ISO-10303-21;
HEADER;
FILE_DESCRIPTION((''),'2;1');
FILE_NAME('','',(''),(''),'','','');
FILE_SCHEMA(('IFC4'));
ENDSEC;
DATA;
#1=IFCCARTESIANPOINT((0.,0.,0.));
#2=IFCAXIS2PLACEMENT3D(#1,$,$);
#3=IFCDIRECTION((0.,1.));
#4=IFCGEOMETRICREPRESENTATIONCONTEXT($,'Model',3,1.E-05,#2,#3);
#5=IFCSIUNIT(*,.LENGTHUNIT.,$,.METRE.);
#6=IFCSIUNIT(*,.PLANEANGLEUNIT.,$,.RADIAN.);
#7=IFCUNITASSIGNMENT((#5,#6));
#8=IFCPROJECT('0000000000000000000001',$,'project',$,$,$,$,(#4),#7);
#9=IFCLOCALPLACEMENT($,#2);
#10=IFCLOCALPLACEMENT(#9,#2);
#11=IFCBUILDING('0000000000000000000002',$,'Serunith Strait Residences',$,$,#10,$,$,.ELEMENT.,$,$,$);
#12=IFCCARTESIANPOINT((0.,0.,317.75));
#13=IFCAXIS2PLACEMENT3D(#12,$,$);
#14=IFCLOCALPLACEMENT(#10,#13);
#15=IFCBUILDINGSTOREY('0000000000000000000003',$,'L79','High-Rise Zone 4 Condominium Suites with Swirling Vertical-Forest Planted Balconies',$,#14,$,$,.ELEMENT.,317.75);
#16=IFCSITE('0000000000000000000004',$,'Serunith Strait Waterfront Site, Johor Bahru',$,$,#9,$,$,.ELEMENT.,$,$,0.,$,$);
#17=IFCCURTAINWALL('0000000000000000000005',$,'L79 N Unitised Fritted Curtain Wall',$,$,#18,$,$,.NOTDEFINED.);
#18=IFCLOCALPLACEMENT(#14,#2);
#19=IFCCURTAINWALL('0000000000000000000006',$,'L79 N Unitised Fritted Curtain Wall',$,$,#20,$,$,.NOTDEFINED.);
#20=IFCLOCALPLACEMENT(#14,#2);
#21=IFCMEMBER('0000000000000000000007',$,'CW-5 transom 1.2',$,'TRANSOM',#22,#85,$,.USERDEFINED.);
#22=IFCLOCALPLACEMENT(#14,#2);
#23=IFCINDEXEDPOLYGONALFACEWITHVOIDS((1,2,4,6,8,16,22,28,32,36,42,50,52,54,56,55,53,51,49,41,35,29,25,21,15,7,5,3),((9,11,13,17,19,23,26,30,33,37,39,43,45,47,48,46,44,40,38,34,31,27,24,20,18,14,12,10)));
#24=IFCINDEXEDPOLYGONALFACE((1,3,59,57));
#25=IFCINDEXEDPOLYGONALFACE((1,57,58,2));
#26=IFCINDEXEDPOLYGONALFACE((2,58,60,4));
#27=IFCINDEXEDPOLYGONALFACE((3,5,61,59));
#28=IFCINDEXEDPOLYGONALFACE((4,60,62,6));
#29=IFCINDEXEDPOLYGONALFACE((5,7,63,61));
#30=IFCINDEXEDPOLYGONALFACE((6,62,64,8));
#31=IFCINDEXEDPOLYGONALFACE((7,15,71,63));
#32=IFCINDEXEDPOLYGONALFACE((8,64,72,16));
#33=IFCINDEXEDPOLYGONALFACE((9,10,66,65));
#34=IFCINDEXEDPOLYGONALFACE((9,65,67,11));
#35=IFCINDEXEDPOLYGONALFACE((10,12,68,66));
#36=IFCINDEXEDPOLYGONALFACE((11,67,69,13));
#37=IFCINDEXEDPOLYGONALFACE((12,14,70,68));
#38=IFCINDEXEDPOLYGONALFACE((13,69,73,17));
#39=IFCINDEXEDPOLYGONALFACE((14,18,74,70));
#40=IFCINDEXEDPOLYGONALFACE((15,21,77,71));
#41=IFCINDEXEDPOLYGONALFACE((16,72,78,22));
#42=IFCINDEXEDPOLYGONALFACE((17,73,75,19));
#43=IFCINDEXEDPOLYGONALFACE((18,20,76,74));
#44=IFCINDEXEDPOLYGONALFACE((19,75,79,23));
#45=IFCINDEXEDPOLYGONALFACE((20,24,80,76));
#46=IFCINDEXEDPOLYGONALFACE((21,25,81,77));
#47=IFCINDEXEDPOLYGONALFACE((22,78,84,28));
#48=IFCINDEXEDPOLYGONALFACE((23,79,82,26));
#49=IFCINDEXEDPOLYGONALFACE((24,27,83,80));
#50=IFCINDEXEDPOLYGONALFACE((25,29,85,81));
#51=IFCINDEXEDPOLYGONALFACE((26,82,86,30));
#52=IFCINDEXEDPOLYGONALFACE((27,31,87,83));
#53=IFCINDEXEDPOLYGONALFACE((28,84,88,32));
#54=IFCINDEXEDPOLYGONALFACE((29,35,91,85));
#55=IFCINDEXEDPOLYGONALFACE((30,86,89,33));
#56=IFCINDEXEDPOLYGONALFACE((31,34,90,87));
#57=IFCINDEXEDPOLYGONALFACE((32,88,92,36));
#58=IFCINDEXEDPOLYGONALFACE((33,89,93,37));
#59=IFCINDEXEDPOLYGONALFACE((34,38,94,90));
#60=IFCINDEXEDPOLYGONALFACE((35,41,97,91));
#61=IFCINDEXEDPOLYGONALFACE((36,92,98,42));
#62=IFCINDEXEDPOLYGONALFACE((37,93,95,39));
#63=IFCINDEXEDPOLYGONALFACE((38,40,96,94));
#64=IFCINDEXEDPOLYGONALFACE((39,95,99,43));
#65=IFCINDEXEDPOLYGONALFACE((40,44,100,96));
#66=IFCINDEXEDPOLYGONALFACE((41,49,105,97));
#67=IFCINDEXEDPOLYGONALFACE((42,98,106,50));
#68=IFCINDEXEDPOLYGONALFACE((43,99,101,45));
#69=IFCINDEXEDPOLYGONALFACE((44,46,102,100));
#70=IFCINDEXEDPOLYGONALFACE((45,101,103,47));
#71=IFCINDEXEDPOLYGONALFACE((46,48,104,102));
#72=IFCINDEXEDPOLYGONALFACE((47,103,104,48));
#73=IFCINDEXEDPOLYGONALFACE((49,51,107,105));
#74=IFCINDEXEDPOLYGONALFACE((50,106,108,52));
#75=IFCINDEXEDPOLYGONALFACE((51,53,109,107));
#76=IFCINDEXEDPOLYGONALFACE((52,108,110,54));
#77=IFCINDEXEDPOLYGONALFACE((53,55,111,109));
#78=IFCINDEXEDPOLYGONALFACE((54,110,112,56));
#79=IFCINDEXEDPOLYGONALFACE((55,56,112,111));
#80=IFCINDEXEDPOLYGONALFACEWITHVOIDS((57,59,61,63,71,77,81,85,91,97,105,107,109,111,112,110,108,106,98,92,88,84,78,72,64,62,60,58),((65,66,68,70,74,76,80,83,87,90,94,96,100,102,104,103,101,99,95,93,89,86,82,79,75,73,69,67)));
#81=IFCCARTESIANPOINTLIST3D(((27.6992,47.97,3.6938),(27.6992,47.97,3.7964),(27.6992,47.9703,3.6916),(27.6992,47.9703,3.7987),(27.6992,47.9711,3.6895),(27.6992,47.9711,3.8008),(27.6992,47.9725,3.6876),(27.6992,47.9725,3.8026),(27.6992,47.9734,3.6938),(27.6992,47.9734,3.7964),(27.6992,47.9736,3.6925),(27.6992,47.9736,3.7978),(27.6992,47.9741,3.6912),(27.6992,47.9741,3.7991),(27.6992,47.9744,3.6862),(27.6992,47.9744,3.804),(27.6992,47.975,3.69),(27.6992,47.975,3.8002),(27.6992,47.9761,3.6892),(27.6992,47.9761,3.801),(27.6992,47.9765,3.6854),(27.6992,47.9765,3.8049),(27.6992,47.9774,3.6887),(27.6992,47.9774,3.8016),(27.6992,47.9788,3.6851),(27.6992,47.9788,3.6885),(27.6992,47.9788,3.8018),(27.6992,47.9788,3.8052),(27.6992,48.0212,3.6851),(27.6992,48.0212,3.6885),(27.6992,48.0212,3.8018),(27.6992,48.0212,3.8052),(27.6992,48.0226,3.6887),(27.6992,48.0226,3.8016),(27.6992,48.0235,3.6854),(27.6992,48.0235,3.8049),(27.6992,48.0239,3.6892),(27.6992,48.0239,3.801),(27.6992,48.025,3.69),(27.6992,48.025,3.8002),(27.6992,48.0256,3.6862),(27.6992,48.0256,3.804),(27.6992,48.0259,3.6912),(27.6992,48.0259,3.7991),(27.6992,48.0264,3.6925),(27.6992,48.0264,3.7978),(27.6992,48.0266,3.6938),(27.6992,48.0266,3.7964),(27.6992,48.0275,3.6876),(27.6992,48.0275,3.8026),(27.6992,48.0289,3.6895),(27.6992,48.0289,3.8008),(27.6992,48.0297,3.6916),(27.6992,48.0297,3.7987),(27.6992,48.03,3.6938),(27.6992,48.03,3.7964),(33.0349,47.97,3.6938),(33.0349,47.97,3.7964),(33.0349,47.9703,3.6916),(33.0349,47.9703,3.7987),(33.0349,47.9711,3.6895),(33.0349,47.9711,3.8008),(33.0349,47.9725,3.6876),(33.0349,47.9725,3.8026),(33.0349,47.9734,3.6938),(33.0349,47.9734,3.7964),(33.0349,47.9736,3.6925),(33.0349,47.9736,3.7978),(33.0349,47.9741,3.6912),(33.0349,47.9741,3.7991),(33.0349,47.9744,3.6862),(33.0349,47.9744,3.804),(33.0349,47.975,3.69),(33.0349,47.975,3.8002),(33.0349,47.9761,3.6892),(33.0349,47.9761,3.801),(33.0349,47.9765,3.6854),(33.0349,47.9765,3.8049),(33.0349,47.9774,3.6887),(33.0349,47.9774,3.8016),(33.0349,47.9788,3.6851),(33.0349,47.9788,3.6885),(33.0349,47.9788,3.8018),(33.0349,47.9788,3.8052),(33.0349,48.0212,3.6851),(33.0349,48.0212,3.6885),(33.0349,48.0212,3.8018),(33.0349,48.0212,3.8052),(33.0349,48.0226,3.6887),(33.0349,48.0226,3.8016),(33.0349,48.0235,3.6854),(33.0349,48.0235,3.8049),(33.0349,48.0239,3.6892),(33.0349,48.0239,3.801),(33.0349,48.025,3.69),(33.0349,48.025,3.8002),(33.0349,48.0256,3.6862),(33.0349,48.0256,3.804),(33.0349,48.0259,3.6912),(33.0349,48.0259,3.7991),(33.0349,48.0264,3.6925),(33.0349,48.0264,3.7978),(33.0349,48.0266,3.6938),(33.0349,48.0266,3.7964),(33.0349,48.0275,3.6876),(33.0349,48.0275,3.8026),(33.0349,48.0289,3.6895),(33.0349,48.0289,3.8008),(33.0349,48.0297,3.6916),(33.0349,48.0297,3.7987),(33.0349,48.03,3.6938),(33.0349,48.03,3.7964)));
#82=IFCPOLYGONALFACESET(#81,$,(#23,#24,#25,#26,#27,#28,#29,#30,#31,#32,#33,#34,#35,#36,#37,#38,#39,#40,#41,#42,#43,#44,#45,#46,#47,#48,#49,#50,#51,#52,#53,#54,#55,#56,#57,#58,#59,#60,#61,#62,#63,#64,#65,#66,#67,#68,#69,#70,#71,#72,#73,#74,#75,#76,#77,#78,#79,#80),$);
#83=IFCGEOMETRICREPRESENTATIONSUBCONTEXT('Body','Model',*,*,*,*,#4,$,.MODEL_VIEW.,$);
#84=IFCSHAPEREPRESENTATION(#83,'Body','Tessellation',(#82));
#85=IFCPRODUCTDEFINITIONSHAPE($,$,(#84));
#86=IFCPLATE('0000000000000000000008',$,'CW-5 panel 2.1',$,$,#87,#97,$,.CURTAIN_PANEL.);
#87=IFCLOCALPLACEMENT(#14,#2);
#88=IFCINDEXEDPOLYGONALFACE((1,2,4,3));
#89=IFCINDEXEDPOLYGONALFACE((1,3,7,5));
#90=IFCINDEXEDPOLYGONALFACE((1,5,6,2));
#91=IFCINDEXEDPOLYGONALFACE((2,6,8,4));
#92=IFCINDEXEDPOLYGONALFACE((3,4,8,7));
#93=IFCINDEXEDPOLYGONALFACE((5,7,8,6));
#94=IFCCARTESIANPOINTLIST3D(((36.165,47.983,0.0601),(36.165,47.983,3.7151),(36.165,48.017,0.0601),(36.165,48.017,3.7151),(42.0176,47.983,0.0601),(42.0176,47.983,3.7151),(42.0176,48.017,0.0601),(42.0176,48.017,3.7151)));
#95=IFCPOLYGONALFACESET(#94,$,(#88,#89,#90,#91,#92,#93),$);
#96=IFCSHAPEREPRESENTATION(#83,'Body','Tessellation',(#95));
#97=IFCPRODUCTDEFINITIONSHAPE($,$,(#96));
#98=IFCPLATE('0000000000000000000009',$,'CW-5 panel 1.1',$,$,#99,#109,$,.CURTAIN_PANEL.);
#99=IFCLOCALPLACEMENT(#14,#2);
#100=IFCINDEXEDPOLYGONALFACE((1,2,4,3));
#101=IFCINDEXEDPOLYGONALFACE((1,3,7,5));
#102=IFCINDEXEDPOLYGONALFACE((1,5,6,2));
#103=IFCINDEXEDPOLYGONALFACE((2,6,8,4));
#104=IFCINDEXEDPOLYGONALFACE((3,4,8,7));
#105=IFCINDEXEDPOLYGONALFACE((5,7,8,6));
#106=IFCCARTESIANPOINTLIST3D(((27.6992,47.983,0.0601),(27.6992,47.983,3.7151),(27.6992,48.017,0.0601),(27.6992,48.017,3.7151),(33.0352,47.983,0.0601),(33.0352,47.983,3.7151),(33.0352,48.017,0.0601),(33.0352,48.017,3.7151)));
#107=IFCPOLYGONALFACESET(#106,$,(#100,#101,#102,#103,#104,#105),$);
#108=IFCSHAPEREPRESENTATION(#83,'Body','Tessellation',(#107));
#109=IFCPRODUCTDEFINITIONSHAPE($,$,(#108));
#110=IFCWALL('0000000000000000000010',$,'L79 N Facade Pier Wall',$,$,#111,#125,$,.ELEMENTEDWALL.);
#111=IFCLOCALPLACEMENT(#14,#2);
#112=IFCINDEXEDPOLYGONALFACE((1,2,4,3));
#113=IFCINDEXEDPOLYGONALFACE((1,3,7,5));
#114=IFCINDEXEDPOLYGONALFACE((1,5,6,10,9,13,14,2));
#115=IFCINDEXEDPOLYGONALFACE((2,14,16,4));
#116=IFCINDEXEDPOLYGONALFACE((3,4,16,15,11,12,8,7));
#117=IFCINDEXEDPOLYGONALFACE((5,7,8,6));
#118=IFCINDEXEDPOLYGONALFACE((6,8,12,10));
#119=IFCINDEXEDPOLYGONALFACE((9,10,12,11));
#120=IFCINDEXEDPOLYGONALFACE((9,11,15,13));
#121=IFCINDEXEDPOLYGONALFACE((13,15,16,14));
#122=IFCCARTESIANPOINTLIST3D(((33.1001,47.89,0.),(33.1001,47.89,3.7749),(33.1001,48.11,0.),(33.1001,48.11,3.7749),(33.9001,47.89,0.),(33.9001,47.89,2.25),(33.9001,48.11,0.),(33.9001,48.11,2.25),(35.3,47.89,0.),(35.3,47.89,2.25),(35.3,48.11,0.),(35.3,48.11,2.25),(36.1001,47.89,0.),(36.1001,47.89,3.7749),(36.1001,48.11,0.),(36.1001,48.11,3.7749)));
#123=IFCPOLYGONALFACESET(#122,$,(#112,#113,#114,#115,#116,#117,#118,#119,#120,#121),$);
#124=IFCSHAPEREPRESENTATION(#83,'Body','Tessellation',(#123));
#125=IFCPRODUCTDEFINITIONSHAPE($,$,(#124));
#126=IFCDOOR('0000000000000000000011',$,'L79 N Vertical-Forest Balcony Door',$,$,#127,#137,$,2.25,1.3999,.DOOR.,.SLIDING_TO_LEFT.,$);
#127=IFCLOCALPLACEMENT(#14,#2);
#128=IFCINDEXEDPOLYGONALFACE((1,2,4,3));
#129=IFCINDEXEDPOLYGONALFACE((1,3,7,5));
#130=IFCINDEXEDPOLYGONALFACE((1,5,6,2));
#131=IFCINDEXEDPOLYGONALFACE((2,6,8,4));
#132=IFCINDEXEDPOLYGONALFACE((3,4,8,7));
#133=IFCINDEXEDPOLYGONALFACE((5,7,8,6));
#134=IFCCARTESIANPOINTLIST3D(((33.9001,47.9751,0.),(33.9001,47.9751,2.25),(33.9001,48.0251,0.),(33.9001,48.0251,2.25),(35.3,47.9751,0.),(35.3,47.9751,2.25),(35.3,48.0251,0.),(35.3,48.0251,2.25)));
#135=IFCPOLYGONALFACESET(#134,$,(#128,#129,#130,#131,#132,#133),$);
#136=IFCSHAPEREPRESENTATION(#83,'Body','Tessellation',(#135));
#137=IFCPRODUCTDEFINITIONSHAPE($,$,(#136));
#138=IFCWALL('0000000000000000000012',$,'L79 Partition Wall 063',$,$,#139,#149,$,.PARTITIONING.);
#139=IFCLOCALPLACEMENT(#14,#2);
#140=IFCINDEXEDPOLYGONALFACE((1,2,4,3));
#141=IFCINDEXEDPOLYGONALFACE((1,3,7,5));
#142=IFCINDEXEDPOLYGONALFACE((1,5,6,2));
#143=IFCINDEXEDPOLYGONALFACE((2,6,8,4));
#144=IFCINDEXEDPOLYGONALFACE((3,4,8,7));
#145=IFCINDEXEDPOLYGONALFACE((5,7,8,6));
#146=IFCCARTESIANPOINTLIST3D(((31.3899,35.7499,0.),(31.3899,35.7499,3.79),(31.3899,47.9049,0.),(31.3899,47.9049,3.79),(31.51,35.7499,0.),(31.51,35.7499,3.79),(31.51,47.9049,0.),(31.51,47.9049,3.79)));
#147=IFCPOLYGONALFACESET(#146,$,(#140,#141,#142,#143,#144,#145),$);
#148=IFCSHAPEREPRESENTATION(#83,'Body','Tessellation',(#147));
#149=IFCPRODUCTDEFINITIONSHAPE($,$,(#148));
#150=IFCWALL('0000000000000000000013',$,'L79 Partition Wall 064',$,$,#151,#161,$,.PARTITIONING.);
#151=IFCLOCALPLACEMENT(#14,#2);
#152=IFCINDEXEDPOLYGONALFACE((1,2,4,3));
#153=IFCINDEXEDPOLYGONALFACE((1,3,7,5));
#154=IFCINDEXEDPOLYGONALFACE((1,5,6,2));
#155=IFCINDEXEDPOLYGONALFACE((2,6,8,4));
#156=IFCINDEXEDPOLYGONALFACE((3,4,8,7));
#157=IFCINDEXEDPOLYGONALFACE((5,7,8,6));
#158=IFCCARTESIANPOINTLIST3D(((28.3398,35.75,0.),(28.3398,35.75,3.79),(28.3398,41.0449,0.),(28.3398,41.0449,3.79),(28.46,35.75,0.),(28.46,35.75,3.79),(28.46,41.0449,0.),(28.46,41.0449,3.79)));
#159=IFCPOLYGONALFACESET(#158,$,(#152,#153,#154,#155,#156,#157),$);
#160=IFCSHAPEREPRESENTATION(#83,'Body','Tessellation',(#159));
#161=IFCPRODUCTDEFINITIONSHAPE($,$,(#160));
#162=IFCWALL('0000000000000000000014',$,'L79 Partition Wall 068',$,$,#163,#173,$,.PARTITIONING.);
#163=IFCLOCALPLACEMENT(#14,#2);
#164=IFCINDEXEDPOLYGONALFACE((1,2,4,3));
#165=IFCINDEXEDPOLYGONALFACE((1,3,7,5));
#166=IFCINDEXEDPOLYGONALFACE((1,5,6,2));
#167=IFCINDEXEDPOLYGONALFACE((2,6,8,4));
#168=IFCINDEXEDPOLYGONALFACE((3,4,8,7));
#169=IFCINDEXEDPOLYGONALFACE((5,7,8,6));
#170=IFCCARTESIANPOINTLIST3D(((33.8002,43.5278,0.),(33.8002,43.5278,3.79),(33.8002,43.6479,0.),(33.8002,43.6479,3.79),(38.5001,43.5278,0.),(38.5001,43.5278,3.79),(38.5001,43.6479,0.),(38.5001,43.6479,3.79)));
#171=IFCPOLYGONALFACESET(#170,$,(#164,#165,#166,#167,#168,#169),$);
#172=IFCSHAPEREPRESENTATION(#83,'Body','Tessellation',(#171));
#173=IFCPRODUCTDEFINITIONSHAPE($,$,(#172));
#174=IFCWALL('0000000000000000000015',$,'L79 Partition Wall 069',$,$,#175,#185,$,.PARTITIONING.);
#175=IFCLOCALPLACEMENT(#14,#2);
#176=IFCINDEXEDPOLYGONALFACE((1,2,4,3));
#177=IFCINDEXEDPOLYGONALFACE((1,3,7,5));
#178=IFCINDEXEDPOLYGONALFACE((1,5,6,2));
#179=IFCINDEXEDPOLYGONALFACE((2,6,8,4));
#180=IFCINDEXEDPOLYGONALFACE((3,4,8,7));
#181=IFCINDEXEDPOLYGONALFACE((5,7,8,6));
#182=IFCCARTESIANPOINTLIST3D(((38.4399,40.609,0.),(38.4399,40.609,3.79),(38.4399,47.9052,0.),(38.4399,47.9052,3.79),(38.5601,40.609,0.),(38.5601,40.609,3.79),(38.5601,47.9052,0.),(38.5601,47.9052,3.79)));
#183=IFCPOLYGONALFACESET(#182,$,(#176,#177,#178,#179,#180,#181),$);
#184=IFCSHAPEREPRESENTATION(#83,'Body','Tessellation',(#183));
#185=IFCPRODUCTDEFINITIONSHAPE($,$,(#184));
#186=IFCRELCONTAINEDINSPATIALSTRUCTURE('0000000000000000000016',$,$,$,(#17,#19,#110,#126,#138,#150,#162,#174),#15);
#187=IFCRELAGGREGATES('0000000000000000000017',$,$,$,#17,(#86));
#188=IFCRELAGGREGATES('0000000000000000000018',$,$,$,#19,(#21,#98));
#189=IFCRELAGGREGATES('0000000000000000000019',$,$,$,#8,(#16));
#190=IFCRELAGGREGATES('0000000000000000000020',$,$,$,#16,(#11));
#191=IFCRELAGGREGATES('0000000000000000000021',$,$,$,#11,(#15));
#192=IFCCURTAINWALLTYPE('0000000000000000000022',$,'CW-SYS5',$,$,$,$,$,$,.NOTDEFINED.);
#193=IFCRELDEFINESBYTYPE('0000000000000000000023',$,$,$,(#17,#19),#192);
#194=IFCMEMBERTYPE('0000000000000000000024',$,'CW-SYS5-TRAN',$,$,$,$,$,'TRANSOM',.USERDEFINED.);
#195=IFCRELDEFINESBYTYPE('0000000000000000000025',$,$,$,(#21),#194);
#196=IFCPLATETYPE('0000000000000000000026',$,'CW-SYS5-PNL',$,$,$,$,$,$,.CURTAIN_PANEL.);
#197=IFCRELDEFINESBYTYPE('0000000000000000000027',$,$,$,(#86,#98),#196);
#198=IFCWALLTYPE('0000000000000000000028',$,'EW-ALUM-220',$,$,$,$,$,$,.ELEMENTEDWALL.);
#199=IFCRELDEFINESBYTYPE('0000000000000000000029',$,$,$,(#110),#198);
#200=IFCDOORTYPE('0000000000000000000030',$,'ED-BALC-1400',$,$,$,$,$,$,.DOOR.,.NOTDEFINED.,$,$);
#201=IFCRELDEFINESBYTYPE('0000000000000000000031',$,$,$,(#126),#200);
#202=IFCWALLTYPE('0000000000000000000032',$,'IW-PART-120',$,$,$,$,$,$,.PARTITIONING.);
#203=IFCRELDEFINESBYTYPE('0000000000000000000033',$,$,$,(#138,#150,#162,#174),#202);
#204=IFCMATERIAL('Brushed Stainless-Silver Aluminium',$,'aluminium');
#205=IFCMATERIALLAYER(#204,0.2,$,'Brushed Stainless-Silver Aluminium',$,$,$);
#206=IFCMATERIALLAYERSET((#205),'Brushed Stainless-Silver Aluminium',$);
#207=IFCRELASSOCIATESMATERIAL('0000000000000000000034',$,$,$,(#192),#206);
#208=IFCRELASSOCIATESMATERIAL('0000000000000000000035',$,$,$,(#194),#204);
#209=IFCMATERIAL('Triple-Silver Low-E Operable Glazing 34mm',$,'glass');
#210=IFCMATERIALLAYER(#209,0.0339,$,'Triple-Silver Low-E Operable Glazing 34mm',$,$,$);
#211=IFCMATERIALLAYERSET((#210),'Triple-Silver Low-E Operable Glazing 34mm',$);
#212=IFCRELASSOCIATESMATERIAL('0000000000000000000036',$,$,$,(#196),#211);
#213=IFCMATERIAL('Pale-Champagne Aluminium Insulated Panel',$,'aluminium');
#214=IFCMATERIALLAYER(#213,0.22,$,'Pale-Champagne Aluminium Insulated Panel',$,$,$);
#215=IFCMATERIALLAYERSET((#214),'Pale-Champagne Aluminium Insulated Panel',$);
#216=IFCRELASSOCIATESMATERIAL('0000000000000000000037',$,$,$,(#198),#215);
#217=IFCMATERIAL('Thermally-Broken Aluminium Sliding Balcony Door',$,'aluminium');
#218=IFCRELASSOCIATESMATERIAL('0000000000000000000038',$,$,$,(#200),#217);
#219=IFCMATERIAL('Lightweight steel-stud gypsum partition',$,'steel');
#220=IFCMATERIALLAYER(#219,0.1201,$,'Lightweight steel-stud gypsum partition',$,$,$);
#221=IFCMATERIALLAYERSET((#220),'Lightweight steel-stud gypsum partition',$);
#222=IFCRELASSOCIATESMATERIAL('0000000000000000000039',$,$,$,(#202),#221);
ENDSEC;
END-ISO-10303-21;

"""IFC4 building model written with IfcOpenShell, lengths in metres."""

from ifc_helpers import new_model, si_unit, direction, frame, frame_2d, origin, origin_2d, place, context, subcontext, project, spatial, rectangle, hollow_rectangle, extrude, source, transform, mapped, material, layer, layer_set, material_profile, profile_set, type_object, element, fill, aggregate, save


model = new_model("IFC4")

# Units and contexts
model_context = context("Model", 3, precision=1e-05, world=origin(), true_north=direction((0.0, 1.0)))
body_context = subcontext(model_context, "Body", "Model", "MODEL_VIEW")
ifc_project = project(units=[si_unit("LENGTHUNIT", "METRE"), si_unit("PLANEANGLEUNIT", "RADIAN")], contexts=[model_context])

# Site, building, storey
site_placement = place(None, origin())
site = spatial("IfcSite", under=ifc_project, at=site_placement, Name="Serunith Strait Waterfront Site, Johor Bahru", CompositionType="ELEMENT", RefElevation=0.0)
building_placement = place(site_placement, origin())
building = spatial("IfcBuilding", under=site, at=building_placement, Name="Serunith Strait Residences", CompositionType="ELEMENT")
storey_placement = place(building_placement, frame((0.0, 0.0, 317.75)))
storey = spatial("IfcBuildingStorey", under=building, at=storey_placement, Name="L79", Description="High-Rise Zone 4 Condominium Suites with Swirling Vertical-Forest Planted Balconies", CompositionType="ELEMENT", Elevation=317.75)

# Curtain walls
ifc_material_1 = material(Name="Brushed Stainless-Silver Aluminium", Category="aluminium")
ifc_layer_1 = layer(ifc_material_1, 0.2, Name="Brushed Stainless-Silver Aluminium")
ifc_layer_set_1 = layer_set([ifc_layer_1], Name="Brushed Stainless-Silver Aluminium")
curtain_wall_type = type_object("IfcCurtainWallType", Name="CW-SYS5", PredefinedType="NOTDEFINED", material=ifc_layer_set_1)
curtain_wall_1_placement = place(storey_placement, origin())
curtain_wall_1 = element("IfcCurtainWall", 1, at=curtain_wall_1_placement, inside=storey, type_object=curtain_wall_type, Name="L79 N Unitised Fritted Curtain Wall", PredefinedType="NOTDEFINED")
curtain_wall_2_placement = place(storey_placement, origin())
curtain_wall_2 = element("IfcCurtainWall", 2, at=curtain_wall_2_placement, inside=storey, type_object=curtain_wall_type, Name="L79 N Unitised Fritted Curtain Wall", PredefinedType="NOTDEFINED")

# Member
ifc_material_profile_1 = material_profile(ifc_material_1, hollow_rectangle(XDim=0.0601, YDim=0.1201, WallThickness=0.0034, InnerFilletRadius=0.0054, OuterFilletRadius=0.0088, at=origin_2d()), Name="ALU 120x60x3.5")
ifc_profile_set_1 = profile_set([ifc_material_profile_1], Name="Brushed Stainless-Silver Aluminium")
member_type_1 = type_object("IfcMemberType", Name="CW-SYS5-TRAN", ElementType="TRANSOM", PredefinedType="USERDEFINED", material=ifc_profile_set_1)
shared_shape_1 = source(origin(), body_context, "Body", "SweptSolid", [
    extrude(hollow_rectangle(XDim=0.0601, YDim=0.1201, WallThickness=0.0034, InnerFilletRadius=0.0054, OuterFilletRadius=0.0088, at=origin_2d()), origin(), (0.0, 0.0, 1.0), 5.3357),
])
member_1_placement = place(storey_placement, frame((33.0349, 48.0, 3.7451), z_axis=(-1.0, 0.0, 0.0), x_axis=(0.0, -1.0, 0.0)))
member_1 = element("IfcMember", 3, at=member_1_placement, type_object=member_type_1, Name="CW-5 transom 1.2", ObjectType="TRANSOM", PredefinedType="USERDEFINED", context=body_context, shape_type="MappedRepresentation", body=[
    mapped(shared_shape_1, transform((0.0, 0.0, 0.0), scale=1.0)),
])

# Plates
ifc_material_2 = material(Name="Triple-Silver Low-E Operable Glazing 34mm", Category="glass")
ifc_layer_2 = layer(ifc_material_2, 0.0339, Name="Triple-Silver Low-E Operable Glazing 34mm")
ifc_layer_set_2 = layer_set([ifc_layer_2], Name="Triple-Silver Low-E Operable Glazing 34mm")
plate_type = type_object("IfcPlateType", Name="CW-SYS5-PNL", PredefinedType="CURTAIN_PANEL", material=ifc_layer_set_2)
shared_shape_2 = source(origin(), body_context, "Body", "SweptSolid", [
    extrude(rectangle(XDim=5.8525, YDim=0.0339, at=origin_2d()), origin(), (0.0, 0.0, 1.0), 3.655),
])
plate_1_placement = place(storey_placement, frame((39.0913, 48.0, 0.0601), z_axis=(0.0, 0.0, 1.0), x_axis=(-1.0, 0.0, 0.0)))
plate_1 = element("IfcPlate", 4, at=plate_1_placement, type_object=plate_type, Name="CW-5 panel 2.1", PredefinedType="CURTAIN_PANEL", context=body_context, shape_type="MappedRepresentation", body=[
    mapped(shared_shape_2, transform((0.0, 0.0, 0.0), scale=1.0)),
])
aggregate(curtain_wall_1, [plate_1])
shared_shape_3 = source(origin(), body_context, "Body", "SweptSolid", [
    extrude(rectangle(XDim=5.3359, YDim=0.0339, at=origin_2d()), origin(), (0.0, 0.0, 1.0), 3.655),
])
plate_2_placement = place(storey_placement, frame((30.3672, 48.0, 0.0601), z_axis=(0.0, 0.0, 1.0), x_axis=(-1.0, 0.0, 0.0)))
plate_2 = element("IfcPlate", 5, at=plate_2_placement, type_object=plate_type, Name="CW-5 panel 1.1", PredefinedType="CURTAIN_PANEL", context=body_context, shape_type="MappedRepresentation", body=[
    mapped(shared_shape_3, transform((0.0, 0.0, 0.0), scale=1.0)),
])
aggregate(curtain_wall_2, [member_1, plate_2])

# Wall, opening, door
ifc_material_3 = material(Name="Pale-Champagne Aluminium Insulated Panel", Category="aluminium")
ifc_layer_3 = layer(ifc_material_3, 0.22, Name="Pale-Champagne Aluminium Insulated Panel")
ifc_layer_set_3 = layer_set([ifc_layer_3], Name="Pale-Champagne Aluminium Insulated Panel")
wall_type_1 = type_object("IfcWallType", Name="EW-ALUM-220", PredefinedType="ELEMENTEDWALL", material=ifc_layer_set_3)
wall_1_placement = place(storey_placement, frame((36.1001, 48.0, 0.0), z_axis=(0.0, 0.0, 1.0), x_axis=(-1.0, 0.0, 0.0)))
wall_1 = element("IfcWall", 6, at=wall_1_placement, inside=storey, type_object=wall_type_1, Name="L79 N Facade Pier Wall", PredefinedType="ELEMENTEDWALL", context=body_context, shape_type="SweptSolid", body=[
    extrude(rectangle(XDim=3.0, YDim=0.22, at=frame_2d((1.5, 0.0))), origin(), (0.0, 0.0, 1.0), 3.7749),
])
opening_1_placement = place(wall_1_placement, frame((0.8, 0.0, 0.0)))
opening_1 = element("IfcOpeningElement", 7, at=opening_1_placement, cuts=wall_1, PredefinedType="OPENING", context=body_context, shape_type="SweptSolid", body=[
    extrude(rectangle(XDim=1.3999, YDim=2.25, at=frame_2d((0.7, 1.125))), frame((0.0, 0.1201, 0.0), z_axis=(0.0, -1.0, 0.0), x_axis=(1.0, 0.0, 0.0)), (0.0, 0.0, 1.0), 0.24),
])
ifc_material_4 = material(Name="Thermally-Broken Aluminium Sliding Balcony Door", Category="aluminium")
door_type_1 = type_object("IfcDoorType", Name="ED-BALC-1400", OperationType="NOTDEFINED", PredefinedType="DOOR", material=ifc_material_4)
shared_shape_4 = source(origin(), body_context, "Body", "SweptSolid", [
    extrude(rectangle(XDim=1.3999, YDim=2.25, at=frame_2d((0.7, 1.125))), frame((0.0, 0.0249, 0.0), z_axis=(0.0, -1.0, 0.0), x_axis=(1.0, 0.0, 0.0)), (0.0, 0.0, 1.0), 0.05),
])
door_1_placement = place(opening_1_placement, origin())
door_1 = element("IfcDoor", 8, at=door_1_placement, inside=storey, type_object=door_type_1, Name="L79 N Vertical-Forest Balcony Door", OperationType="SLIDING_TO_LEFT", OverallHeight=2.25, OverallWidth=1.3999, PredefinedType="DOOR", context=body_context, shape_type="MappedRepresentation", body=[
    mapped(shared_shape_4, transform((0.0, 0.0, 0.0), scale=1.0)),
])
fill(opening_1, door_1)

# Walls
ifc_material_5 = material(Name="Lightweight steel-stud gypsum partition", Category="steel")
ifc_layer_4 = layer(ifc_material_5, 0.1201, Name="Lightweight steel-stud gypsum partition")
ifc_layer_set_4 = layer_set([ifc_layer_4], Name="Lightweight steel-stud gypsum partition")
wall_type_2 = type_object("IfcWallType", Name="IW-PART-120", PredefinedType="PARTITIONING", material=ifc_layer_set_4)
wall_2_placement = place(storey_placement, frame((31.45, 47.905, 0.0), z_axis=(0.0, 0.0, 1.0), x_axis=(0.0, -1.0, 0.0)))
element("IfcWall", 9, at=wall_2_placement, inside=storey, type_object=wall_type_2, Name="L79 Partition Wall 063", PredefinedType="PARTITIONING", context=body_context, shape_type="SweptSolid", body=[
    extrude(rectangle(XDim=12.155, YDim=0.1201, at=frame_2d((6.0776, 0.0))), origin(), (0.0, 0.0, 1.0), 3.79),
])
wall_3_placement = place(storey_placement, frame((28.3999, 41.0449, 0.0), z_axis=(0.0, 0.0, 1.0), x_axis=(0.0, -1.0, 0.0)))
element("IfcWall", 10, at=wall_3_placement, inside=storey, type_object=wall_type_2, Name="L79 Partition Wall 064", PredefinedType="PARTITIONING", context=body_context, shape_type="SweptSolid", body=[
    extrude(rectangle(XDim=5.2949, YDim=0.1201, at=frame_2d((2.6475, 0.0))), origin(), (0.0, 0.0, 1.0), 3.79),
])
wall_4_placement = place(storey_placement, frame((33.8, 43.5879, 0.0), z_axis=(0.0, 0.0, 1.0), x_axis=(1.0, 0.0, 0.0)))
element("IfcWall", 11, at=wall_4_placement, inside=storey, type_object=wall_type_2, Name="L79 Partition Wall 068", PredefinedType="PARTITIONING", context=body_context, shape_type="SweptSolid", body=[
    extrude(rectangle(XDim=4.7, YDim=0.1201, at=frame_2d((2.3501, 0.0))), origin(), (0.0, 0.0, 1.0), 3.79),
])
wall_5_placement = place(storey_placement, frame((38.5, 47.905, 0.0), z_axis=(0.0, 0.0, 1.0), x_axis=(0.0, -1.0, 0.0)))
element("IfcWall", 12, at=wall_5_placement, inside=storey, type_object=wall_type_2, Name="L79 Partition Wall 069", PredefinedType="PARTITIONING", context=body_context, shape_type="SweptSolid", body=[
    extrude(rectangle(XDim=7.2961, YDim=0.1201, at=frame_2d((3.6479, 0.0))), origin(), (0.0, 0.0, 1.0), 3.79),
])

save(model, "model.ifc")
